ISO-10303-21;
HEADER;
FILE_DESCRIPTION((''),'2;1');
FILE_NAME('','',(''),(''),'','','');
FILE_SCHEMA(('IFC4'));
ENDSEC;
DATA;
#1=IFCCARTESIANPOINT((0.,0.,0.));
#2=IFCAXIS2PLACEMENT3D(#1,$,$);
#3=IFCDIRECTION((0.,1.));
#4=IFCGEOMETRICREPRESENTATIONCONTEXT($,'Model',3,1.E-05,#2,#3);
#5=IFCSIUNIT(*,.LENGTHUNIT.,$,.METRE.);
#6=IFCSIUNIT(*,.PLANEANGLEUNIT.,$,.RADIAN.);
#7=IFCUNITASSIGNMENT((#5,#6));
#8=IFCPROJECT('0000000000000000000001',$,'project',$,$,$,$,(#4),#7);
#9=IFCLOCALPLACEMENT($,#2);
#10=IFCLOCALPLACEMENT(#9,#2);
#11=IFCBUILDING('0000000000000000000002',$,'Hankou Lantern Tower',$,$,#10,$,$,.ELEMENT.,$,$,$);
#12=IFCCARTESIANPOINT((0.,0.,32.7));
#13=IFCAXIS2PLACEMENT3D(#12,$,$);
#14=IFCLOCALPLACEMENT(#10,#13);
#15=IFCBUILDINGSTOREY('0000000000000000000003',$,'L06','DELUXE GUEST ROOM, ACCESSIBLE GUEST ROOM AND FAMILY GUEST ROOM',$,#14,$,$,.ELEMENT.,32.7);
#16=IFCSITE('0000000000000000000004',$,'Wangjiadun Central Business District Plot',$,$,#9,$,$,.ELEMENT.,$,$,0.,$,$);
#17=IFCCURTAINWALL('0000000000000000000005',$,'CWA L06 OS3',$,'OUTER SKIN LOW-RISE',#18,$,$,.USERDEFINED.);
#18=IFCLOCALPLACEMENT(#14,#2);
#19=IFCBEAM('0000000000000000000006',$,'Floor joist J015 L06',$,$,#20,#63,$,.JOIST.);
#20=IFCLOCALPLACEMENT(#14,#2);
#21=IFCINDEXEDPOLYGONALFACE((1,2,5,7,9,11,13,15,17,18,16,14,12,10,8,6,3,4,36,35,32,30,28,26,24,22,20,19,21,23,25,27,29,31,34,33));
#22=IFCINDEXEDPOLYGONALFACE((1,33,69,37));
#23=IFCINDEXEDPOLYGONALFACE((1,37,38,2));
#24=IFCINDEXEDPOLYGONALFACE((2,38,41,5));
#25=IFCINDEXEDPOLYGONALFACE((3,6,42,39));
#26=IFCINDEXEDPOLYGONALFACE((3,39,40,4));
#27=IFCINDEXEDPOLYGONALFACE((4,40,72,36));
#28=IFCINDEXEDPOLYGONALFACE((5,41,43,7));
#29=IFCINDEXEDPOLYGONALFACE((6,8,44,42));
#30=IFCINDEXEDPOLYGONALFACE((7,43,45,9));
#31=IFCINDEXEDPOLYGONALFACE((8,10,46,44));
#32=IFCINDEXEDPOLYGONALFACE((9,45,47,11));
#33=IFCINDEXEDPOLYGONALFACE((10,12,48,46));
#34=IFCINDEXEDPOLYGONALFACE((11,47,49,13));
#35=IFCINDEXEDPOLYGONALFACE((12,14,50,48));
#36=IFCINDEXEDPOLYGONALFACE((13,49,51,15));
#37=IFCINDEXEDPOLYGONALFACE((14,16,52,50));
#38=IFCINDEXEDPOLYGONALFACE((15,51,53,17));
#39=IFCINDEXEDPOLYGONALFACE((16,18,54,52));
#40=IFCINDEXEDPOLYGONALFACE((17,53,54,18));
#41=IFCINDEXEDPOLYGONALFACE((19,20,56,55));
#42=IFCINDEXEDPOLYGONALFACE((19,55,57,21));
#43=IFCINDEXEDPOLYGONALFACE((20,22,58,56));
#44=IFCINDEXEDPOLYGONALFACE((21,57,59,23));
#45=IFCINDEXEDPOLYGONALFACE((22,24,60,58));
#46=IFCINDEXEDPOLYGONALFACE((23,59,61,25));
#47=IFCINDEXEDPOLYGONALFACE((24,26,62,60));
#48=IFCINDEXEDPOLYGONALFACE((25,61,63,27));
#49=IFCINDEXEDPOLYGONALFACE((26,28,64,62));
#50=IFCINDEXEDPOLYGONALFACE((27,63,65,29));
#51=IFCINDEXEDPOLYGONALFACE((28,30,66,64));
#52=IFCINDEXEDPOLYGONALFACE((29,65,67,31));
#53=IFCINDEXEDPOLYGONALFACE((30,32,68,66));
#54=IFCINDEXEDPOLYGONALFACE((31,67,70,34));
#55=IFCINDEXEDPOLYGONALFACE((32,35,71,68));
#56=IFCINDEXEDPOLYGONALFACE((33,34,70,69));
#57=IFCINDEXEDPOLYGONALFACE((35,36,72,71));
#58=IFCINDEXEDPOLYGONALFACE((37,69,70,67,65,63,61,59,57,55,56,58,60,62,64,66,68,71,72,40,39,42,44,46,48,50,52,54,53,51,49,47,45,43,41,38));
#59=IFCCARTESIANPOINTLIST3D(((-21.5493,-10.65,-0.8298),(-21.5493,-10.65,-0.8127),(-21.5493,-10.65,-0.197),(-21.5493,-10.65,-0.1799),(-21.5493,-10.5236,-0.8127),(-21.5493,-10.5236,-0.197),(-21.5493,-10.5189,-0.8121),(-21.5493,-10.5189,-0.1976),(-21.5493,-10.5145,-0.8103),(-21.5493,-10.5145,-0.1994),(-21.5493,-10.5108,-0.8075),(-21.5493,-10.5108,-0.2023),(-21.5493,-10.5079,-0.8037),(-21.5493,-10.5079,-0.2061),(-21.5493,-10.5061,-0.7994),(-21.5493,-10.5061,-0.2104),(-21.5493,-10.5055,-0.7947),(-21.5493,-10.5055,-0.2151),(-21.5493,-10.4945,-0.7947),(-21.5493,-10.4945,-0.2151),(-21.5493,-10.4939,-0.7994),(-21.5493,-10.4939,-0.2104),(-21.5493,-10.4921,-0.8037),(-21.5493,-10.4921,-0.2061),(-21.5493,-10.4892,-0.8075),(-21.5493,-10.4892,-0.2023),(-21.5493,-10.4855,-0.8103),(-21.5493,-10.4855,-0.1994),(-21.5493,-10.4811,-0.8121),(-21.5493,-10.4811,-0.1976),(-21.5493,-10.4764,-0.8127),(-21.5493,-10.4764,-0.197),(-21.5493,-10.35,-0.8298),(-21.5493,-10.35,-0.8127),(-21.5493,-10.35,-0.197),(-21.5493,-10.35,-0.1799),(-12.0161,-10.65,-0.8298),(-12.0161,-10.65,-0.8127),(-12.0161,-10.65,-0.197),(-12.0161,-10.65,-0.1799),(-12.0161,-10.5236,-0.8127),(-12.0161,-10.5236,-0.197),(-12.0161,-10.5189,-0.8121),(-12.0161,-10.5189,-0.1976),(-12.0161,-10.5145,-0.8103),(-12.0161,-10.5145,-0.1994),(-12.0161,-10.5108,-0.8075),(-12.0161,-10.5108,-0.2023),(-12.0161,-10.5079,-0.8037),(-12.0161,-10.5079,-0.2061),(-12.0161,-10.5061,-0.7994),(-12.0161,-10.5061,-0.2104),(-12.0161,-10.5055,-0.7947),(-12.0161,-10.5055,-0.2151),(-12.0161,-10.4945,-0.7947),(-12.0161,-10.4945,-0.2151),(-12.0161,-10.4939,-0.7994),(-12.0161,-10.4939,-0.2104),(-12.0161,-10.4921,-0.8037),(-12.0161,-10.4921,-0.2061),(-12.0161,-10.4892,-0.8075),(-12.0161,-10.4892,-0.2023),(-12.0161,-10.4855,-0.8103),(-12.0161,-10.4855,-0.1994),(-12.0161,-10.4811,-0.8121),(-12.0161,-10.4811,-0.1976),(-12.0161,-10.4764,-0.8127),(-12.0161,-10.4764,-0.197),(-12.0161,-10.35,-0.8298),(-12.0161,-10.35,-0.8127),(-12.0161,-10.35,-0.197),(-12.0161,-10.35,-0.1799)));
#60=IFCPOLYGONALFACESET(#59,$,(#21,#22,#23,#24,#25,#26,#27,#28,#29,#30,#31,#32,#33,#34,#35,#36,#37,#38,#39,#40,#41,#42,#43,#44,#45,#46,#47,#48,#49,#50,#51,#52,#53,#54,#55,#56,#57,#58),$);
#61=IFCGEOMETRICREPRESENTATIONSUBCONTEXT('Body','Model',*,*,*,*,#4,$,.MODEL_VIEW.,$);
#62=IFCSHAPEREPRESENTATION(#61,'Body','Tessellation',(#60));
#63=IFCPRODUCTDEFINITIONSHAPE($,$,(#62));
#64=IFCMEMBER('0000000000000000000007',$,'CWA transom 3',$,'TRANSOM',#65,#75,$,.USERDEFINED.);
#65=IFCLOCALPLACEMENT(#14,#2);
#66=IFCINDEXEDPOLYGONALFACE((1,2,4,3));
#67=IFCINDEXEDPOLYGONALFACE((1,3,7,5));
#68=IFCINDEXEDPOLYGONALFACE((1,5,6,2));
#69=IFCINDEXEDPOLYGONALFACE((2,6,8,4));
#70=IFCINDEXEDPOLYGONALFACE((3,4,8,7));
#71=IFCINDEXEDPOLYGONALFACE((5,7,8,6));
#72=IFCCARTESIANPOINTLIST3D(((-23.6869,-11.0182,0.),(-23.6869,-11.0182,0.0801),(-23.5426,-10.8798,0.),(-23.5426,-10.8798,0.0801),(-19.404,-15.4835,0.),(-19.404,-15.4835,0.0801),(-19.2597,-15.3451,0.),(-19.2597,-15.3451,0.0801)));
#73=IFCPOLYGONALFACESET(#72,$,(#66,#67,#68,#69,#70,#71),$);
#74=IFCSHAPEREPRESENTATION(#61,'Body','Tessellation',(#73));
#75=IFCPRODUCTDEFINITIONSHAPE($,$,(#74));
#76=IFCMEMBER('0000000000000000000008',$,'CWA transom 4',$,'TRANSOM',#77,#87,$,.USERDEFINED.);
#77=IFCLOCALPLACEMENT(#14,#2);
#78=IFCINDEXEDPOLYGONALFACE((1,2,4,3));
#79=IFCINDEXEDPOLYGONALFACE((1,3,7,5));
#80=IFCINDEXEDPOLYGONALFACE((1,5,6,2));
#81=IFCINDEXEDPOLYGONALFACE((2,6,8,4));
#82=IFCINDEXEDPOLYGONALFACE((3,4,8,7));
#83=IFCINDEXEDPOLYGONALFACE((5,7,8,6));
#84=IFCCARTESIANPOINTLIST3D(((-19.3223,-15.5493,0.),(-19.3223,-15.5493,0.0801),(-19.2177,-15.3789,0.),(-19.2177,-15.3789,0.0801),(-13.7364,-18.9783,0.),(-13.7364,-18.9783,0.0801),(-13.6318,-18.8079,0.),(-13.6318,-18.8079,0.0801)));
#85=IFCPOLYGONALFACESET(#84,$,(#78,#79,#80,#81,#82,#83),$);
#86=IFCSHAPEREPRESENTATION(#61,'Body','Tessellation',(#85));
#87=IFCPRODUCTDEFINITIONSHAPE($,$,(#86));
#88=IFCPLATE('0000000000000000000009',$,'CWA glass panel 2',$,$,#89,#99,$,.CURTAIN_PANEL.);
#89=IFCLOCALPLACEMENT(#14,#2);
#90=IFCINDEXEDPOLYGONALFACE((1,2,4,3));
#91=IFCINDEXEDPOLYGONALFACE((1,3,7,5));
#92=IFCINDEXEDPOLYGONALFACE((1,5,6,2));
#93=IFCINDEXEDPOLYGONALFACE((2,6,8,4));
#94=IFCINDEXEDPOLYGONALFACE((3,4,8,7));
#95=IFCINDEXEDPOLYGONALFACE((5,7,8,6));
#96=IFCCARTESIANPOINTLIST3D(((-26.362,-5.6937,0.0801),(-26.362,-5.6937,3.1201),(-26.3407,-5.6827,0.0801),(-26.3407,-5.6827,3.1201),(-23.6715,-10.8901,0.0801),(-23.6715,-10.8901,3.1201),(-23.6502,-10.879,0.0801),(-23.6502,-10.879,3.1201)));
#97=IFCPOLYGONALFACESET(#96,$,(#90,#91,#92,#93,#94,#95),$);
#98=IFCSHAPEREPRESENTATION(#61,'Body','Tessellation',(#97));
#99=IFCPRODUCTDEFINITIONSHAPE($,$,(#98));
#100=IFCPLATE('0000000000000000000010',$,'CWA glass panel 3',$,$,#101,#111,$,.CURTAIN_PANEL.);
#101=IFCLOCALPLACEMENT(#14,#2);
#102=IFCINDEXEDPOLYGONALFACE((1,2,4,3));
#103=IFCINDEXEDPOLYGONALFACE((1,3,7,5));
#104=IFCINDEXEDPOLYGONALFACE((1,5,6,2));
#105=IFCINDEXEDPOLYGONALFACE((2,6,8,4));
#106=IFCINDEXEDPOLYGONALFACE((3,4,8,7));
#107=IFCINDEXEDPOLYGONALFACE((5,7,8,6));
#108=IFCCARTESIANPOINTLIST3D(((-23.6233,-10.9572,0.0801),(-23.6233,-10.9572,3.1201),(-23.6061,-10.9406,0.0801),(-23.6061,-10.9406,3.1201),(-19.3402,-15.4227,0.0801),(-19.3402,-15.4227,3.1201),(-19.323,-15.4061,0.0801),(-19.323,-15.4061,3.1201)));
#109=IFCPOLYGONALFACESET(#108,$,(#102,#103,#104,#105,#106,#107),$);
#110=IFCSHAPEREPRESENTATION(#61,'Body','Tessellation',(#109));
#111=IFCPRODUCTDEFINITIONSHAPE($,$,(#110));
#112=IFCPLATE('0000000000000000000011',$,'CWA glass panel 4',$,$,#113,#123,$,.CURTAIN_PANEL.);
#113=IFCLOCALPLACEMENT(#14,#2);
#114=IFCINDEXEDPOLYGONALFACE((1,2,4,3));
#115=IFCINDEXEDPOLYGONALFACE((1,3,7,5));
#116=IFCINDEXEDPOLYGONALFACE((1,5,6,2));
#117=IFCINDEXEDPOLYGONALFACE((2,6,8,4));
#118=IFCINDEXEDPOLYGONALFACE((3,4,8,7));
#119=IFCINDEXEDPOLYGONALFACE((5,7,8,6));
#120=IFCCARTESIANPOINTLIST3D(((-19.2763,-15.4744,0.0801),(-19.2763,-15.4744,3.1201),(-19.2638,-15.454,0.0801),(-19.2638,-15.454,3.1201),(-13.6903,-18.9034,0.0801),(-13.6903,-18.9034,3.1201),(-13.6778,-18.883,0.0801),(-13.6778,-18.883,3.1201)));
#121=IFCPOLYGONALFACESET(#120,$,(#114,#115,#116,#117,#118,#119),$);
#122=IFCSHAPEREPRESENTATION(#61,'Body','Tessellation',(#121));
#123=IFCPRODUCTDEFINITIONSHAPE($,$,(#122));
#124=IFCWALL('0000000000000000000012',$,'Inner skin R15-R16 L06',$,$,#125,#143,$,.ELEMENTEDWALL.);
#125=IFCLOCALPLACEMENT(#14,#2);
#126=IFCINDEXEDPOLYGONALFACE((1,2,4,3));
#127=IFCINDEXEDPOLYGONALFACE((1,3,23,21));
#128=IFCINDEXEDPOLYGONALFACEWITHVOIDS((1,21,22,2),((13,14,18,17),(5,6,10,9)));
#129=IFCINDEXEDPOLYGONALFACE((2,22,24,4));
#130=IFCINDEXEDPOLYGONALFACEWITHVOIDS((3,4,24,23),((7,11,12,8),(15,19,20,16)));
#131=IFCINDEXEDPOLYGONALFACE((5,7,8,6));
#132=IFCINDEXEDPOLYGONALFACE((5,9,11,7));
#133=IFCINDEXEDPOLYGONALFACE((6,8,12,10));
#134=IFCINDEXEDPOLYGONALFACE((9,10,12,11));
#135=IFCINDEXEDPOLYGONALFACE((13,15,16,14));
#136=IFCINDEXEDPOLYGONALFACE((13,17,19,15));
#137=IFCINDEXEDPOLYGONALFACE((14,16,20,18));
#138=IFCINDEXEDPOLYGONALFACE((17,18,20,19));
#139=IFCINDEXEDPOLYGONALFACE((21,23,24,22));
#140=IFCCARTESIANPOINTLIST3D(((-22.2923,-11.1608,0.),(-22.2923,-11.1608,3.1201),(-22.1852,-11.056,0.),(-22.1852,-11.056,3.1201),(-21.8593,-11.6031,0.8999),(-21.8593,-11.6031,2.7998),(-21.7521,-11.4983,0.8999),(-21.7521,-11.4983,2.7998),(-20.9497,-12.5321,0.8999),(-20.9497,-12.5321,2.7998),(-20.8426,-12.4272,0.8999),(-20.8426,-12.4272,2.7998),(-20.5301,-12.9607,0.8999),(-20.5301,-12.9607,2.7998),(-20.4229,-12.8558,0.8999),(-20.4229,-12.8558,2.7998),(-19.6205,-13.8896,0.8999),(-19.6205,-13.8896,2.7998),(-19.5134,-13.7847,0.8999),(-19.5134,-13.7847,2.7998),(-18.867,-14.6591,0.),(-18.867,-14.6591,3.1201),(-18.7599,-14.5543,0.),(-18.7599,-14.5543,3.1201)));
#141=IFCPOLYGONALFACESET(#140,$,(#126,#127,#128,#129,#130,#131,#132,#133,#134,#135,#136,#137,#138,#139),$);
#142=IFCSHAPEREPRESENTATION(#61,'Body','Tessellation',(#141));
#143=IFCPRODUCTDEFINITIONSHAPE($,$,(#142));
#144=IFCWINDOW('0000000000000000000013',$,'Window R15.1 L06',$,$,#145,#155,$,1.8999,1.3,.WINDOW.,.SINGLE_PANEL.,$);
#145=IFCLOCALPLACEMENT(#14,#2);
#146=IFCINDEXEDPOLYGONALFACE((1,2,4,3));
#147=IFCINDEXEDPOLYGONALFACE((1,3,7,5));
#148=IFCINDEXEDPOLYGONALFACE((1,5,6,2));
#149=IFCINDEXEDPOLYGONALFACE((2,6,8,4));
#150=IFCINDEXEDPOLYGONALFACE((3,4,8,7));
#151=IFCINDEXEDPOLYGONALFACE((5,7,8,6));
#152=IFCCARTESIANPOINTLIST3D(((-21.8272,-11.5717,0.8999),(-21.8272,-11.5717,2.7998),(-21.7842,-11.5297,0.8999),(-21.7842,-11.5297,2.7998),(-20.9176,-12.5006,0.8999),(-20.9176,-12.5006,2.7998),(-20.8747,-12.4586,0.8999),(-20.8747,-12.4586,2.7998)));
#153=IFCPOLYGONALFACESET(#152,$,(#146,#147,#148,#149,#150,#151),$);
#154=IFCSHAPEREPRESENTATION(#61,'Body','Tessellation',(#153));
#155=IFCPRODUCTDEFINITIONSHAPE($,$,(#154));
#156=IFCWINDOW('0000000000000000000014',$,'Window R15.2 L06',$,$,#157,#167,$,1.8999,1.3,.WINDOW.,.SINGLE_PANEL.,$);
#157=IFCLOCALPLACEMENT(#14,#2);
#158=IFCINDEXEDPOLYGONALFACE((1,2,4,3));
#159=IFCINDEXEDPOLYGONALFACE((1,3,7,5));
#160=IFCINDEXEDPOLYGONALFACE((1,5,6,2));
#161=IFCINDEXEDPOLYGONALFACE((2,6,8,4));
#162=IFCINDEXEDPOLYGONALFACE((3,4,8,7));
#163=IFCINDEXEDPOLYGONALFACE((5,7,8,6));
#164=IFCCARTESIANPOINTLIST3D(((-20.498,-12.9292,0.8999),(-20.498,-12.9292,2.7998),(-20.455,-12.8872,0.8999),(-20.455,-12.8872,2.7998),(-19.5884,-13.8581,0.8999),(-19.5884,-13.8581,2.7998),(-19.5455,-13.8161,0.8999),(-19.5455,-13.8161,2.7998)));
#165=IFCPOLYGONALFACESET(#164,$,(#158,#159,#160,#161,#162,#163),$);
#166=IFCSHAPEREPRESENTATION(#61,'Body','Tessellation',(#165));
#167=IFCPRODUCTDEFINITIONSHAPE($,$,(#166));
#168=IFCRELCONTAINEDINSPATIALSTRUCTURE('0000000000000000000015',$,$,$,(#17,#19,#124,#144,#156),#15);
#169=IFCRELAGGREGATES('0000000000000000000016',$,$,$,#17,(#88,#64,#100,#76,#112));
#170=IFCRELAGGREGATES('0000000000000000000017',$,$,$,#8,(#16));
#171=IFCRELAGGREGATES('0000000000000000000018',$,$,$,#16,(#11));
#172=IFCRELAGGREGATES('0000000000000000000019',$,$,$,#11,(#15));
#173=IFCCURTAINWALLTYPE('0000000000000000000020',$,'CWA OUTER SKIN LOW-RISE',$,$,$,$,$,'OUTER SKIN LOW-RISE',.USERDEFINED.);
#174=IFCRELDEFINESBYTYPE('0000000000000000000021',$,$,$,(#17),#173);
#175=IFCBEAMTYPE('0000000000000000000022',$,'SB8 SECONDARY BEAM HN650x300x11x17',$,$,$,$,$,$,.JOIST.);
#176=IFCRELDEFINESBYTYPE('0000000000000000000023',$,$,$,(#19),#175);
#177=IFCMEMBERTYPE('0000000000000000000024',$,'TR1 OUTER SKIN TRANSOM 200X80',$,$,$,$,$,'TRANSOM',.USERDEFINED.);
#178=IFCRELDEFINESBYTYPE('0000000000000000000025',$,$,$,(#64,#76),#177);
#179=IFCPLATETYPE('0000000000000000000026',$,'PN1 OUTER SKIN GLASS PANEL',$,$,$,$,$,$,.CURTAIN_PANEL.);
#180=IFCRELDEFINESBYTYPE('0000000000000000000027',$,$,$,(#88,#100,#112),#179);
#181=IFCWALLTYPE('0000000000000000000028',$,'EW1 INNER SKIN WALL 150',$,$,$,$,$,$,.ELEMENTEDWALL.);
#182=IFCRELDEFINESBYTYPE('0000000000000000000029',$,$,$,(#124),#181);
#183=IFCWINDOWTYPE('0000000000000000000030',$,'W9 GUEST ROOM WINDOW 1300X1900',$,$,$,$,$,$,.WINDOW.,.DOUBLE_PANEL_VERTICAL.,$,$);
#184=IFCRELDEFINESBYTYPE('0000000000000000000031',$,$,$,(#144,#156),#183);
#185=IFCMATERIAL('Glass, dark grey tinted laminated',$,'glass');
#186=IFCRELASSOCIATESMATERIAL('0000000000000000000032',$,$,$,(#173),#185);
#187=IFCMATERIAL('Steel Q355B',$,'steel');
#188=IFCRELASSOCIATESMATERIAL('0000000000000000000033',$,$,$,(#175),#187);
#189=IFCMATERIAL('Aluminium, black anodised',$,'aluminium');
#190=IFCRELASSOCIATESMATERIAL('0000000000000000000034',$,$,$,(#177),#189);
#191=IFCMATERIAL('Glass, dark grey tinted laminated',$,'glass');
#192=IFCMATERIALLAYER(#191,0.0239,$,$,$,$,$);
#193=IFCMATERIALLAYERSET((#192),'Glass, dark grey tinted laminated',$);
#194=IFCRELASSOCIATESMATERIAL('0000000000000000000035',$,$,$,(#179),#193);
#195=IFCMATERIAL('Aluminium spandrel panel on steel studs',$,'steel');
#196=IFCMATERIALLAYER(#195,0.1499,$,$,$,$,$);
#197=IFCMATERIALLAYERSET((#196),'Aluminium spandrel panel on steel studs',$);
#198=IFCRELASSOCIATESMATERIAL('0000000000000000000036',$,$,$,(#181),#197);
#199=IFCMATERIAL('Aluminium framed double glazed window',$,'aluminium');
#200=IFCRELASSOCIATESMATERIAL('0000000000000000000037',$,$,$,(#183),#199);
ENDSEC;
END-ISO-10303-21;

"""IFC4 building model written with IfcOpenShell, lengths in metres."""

from ifc_helpers import new_model, si_unit, direction, frame, frame_2d, origin, origin_2d, place, context, subcontext, project, spatial, rectangle, i_section, extrude, material, layer, layer_set, material_profile, profile_set, type_object, element, fill, aggregate, save


model = new_model("IFC4")

# Units and contexts
model_context = context("Model", 3, precision=1e-05, world=origin(), true_north=direction((0.0, 1.0)))
body_context = subcontext(model_context, "Body", "Model", "MODEL_VIEW")
ifc_project = project(units=[si_unit("LENGTHUNIT", "METRE"), si_unit("PLANEANGLEUNIT", "RADIAN")], contexts=[model_context])

# Site, building, storey
site_placement = place(None, origin())
site = spatial("IfcSite", under=ifc_project, at=site_placement, Name="Wangjiadun Central Business District Plot", CompositionType="ELEMENT", RefElevation=0.0)
building_placement = place(site_placement, origin())
building = spatial("IfcBuilding", under=site, at=building_placement, Name="Hankou Lantern Tower", CompositionType="ELEMENT")
storey_placement = place(building_placement, frame((0.0, 0.0, 32.7)))
storey = spatial("IfcBuildingStorey", under=building, at=storey_placement, Name="L06", Description="DELUXE GUEST ROOM, ACCESSIBLE GUEST ROOM AND FAMILY GUEST ROOM", CompositionType="ELEMENT", Elevation=32.7)

# Curtain wall
ifc_material_1 = material(Name="Glass, dark grey tinted laminated", Category="glass")
curtain_wall_type = type_object("IfcCurtainWallType", Name="CWA OUTER SKIN LOW-RISE", ElementType="OUTER SKIN LOW-RISE", PredefinedType="USERDEFINED", material=ifc_material_1)
curtain_wall_placement = place(storey_placement, origin())
curtain_wall = element("IfcCurtainWall", 1, at=curtain_wall_placement, inside=storey, type_object=curtain_wall_type, Name="CWA L06 OS3", ObjectType="OUTER SKIN LOW-RISE", PredefinedType="USERDEFINED")

# Beam
ifc_material_2 = material(Name="Steel Q355B", Category="steel")
ifc_material_profile_1 = material_profile(ifc_material_2, i_section(OverallWidth=0.3, OverallDepth=0.6499, WebThickness=0.011, FlangeThickness=0.0171, FilletRadius=0.0181, at=origin_2d()), Name="HN650x300x11x17")
ifc_profile_set_1 = profile_set([ifc_material_profile_1], Name="Steel Q355B")
beam_type_1 = type_object("IfcBeamType", Name="SB8 SECONDARY BEAM HN650x300x11x17", PredefinedType="JOIST", material=ifc_profile_set_1)
beam_1_placement = place(storey_placement, frame((-21.5493, -10.5, -0.5049), z_axis=(1.0, 0.0, 0.0), x_axis=(0.0, 1.0, 0.0)))
element("IfcBeam", 2, at=beam_1_placement, inside=storey, type_object=beam_type_1, Name="Floor joist J015 L06", PredefinedType="JOIST", context=body_context, shape_type="SweptSolid", body=[
    extrude(i_section(OverallWidth=0.3, OverallDepth=0.6499, WebThickness=0.011, FlangeThickness=0.0171, FilletRadius=0.0181, at=origin_2d()), origin(), (0.0, 0.0, 1.0), 9.5332),
])

# Members
ifc_material_3 = material(Name="Aluminium, black anodised", Category="aluminium")
ifc_material_profile_2 = material_profile(ifc_material_3, rectangle(XDim=0.2, YDim=0.0801, at=origin_2d()), Name="TR1 200X80")
ifc_profile_set_2 = profile_set([ifc_material_profile_2], Name="Aluminium, black anodised")
member_type_1 = type_object("IfcMemberType", Name="TR1 OUTER SKIN TRANSOM 200X80", ElementType="TRANSOM", PredefinedType="USERDEFINED", material=ifc_profile_set_2)
member_1_placement = place(storey_placement, frame((-23.6147, -10.949, 0.04), z_axis=(0.692216, -0.721691, 0.0), x_axis=(0.721691, 0.692216, 0.0)))
member_1 = element("IfcMember", 3, at=member_1_placement, type_object=member_type_1, Name="CWA transom 3", ObjectType="TRANSOM", PredefinedType="USERDEFINED", context=body_context, shape_type="SweptSolid", body=[
    extrude(rectangle(XDim=0.2, YDim=0.0801, at=origin_2d()), origin(), (0.0, 0.0, 1.0), 6.1873),
])
member_2_placement = place(storey_placement, frame((-19.27, -15.4641, 0.04), z_axis=(0.85224, -0.523152, 0.0), x_axis=(0.523152, 0.85224, 0.0)))
member_2 = element("IfcMember", 4, at=member_2_placement, type_object=member_type_1, Name="CWA transom 4", ObjectType="TRANSOM", PredefinedType="USERDEFINED", context=body_context, shape_type="SweptSolid", body=[
    extrude(rectangle(XDim=0.2, YDim=0.0801, at=origin_2d()), origin(), (0.0, 0.0, 1.0), 6.5544),
])

# Plates
ifc_material_4 = material(Name="Glass, dark grey tinted laminated", Category="glass")
ifc_layer_1 = layer(ifc_material_4, 0.0239)
ifc_layer_set_1 = layer_set([ifc_layer_1], Name="Glass, dark grey tinted laminated")
plate_type = type_object("IfcPlateType", Name="PN1 OUTER SKIN GLASS PANEL", PredefinedType="CURTAIN_PANEL", material=ifc_layer_set_1)
plate_1_placement = place(storey_placement, frame((-25.0061, -8.2864, 0.0801), z_axis=(0.0, 0.0, 1.0), x_axis=(0.459791, -0.888027, 0.0)))
plate_1 = element("IfcPlate", 5, at=plate_1_placement, type_object=plate_type, Name="CWA glass panel 2", PredefinedType="CURTAIN_PANEL", context=body_context, shape_type="SweptSolid", body=[
    extrude(rectangle(XDim=5.8516, YDim=0.0239, at=origin_2d()), origin(), (0.0, 0.0, 1.0), 3.04),
])
plate_2_placement = place(storey_placement, frame((-21.4731, -13.1816, 0.0801), z_axis=(0.0, 0.0, 1.0), x_axis=(0.692216, -0.721691, 0.0)))
plate_2 = element("IfcPlate", 6, at=plate_2_placement, type_object=plate_type, Name="CWA glass panel 3", PredefinedType="CURTAIN_PANEL", context=body_context, shape_type="SweptSolid", body=[
    extrude(rectangle(XDim=6.1875, YDim=0.0239, at=origin_2d()), origin(), (0.0, 0.0, 1.0), 3.04),
])
plate_3_placement = place(storey_placement, frame((-16.4771, -17.1787, 0.0801), z_axis=(0.0, 0.0, 1.0), x_axis=(0.852237, -0.523156, 0.0)))
plate_3 = element("IfcPlate", 7, at=plate_3_placement, type_object=plate_type, Name="CWA glass panel 4", PredefinedType="CURTAIN_PANEL", context=body_context, shape_type="SweptSolid", body=[
    extrude(rectangle(XDim=6.5544, YDim=0.0239, at=origin_2d()), origin(), (0.0, 0.0, 1.0), 3.04),
])
aggregate(curtain_wall, [plate_1, member_1, plate_2, member_2, plate_3])

# Wall, openings, windows
ifc_material_5 = material(Name="Aluminium spandrel panel on steel studs", Category="steel")
ifc_layer_2 = layer(ifc_material_5, 0.1499)
ifc_layer_set_2 = layer_set([ifc_layer_2], Name="Aluminium spandrel panel on steel studs")
wall_type_1 = type_object("IfcWallType", Name="EW1 INNER SKIN WALL 150", PredefinedType="ELEMENTEDWALL", material=ifc_layer_set_2)
wall_1_placement = place(storey_placement, frame((-22.2388, -11.1084, 0.0), z_axis=(0.0, 0.0, 1.0), x_axis=(0.699613, -0.714522, 0.0)))
wall_1 = element("IfcWall", 8, at=wall_1_placement, inside=storey, type_object=wall_type_1, Name="Inner skin R15-R16 L06", PredefinedType="ELEMENTEDWALL", context=body_context, shape_type="SweptSolid", body=[
    extrude(rectangle(XDim=4.896, YDim=0.1499, at=frame_2d((2.448, 0.0))), origin(), (0.0, 0.0, 1.0), 3.1201),
])
opening_1_placement = place(wall_1_placement, frame((0.6191, 0.0, 0.8999)))
opening_1 = element("IfcOpeningElement", 9, at=opening_1_placement, cuts=wall_1, PredefinedType="OPENING", context=body_context, shape_type="SweptSolid", body=[
    extrude(rectangle(XDim=1.3, YDim=1.8999, at=frame_2d((0.6499, 0.95))), frame((0.0, 0.085, 0.0), z_axis=(0.0, -1.0, 0.0), x_axis=(1.0, 0.0, 0.0)), (0.0, 0.0, 1.0), 0.1699),
])
opening_2_placement = place(wall_1_placement, frame((2.519, 0.0, 0.8999)))
opening_2 = element("IfcOpeningElement", 10, at=opening_2_placement, cuts=wall_1, PredefinedType="OPENING", context=body_context, shape_type="SweptSolid", body=[
    extrude(rectangle(XDim=1.3, YDim=1.8999, at=frame_2d((0.6499, 0.95))), frame((0.0, 0.085, 0.0), z_axis=(0.0, -1.0, 0.0), x_axis=(1.0, 0.0, 0.0)), (0.0, 0.0, 1.0), 0.1699),
])
ifc_material_6 = material(Name="Aluminium framed double glazed window", Category="aluminium")
window_type = type_object("IfcWindowType", Name="W9 GUEST ROOM WINDOW 1300X1900", PartitioningType="DOUBLE_PANEL_VERTICAL", PredefinedType="WINDOW", material=ifc_material_6)
window_1_placement = place(opening_1_placement, origin())
window_1 = element("IfcWindow", 11, at=window_1_placement, inside=storey, type_object=window_type, Name="Window R15.1 L06", OverallHeight=1.8999, OverallWidth=1.3, PartitioningType="SINGLE_PANEL", PredefinedType="WINDOW", context=body_context, shape_type="SweptSolid", body=[
    extrude(rectangle(XDim=1.3, YDim=1.8999, at=frame_2d((0.6499, 0.95))), frame((0.0, 0.03, 0.0), z_axis=(0.0, -1.0, 0.0), x_axis=(1.0, 0.0, 0.0)), (0.0, 0.0, 1.0), 0.0601),
])
fill(opening_1, window_1)
window_2_placement = place(opening_2_placement, origin())
window_2 = element("IfcWindow", 12, at=window_2_placement, inside=storey, type_object=window_type, Name="Window R15.2 L06", OverallHeight=1.8999, OverallWidth=1.3, PartitioningType="SINGLE_PANEL", PredefinedType="WINDOW", context=body_context, shape_type="SweptSolid", body=[
    extrude(rectangle(XDim=1.3, YDim=1.8999, at=frame_2d((0.6499, 0.95))), frame((0.0, 0.03, 0.0), z_axis=(0.0, -1.0, 0.0), x_axis=(1.0, 0.0, 0.0)), (0.0, 0.0, 1.0), 0.0601),
])
fill(opening_2, window_2)

save(model, "model.ifc")
